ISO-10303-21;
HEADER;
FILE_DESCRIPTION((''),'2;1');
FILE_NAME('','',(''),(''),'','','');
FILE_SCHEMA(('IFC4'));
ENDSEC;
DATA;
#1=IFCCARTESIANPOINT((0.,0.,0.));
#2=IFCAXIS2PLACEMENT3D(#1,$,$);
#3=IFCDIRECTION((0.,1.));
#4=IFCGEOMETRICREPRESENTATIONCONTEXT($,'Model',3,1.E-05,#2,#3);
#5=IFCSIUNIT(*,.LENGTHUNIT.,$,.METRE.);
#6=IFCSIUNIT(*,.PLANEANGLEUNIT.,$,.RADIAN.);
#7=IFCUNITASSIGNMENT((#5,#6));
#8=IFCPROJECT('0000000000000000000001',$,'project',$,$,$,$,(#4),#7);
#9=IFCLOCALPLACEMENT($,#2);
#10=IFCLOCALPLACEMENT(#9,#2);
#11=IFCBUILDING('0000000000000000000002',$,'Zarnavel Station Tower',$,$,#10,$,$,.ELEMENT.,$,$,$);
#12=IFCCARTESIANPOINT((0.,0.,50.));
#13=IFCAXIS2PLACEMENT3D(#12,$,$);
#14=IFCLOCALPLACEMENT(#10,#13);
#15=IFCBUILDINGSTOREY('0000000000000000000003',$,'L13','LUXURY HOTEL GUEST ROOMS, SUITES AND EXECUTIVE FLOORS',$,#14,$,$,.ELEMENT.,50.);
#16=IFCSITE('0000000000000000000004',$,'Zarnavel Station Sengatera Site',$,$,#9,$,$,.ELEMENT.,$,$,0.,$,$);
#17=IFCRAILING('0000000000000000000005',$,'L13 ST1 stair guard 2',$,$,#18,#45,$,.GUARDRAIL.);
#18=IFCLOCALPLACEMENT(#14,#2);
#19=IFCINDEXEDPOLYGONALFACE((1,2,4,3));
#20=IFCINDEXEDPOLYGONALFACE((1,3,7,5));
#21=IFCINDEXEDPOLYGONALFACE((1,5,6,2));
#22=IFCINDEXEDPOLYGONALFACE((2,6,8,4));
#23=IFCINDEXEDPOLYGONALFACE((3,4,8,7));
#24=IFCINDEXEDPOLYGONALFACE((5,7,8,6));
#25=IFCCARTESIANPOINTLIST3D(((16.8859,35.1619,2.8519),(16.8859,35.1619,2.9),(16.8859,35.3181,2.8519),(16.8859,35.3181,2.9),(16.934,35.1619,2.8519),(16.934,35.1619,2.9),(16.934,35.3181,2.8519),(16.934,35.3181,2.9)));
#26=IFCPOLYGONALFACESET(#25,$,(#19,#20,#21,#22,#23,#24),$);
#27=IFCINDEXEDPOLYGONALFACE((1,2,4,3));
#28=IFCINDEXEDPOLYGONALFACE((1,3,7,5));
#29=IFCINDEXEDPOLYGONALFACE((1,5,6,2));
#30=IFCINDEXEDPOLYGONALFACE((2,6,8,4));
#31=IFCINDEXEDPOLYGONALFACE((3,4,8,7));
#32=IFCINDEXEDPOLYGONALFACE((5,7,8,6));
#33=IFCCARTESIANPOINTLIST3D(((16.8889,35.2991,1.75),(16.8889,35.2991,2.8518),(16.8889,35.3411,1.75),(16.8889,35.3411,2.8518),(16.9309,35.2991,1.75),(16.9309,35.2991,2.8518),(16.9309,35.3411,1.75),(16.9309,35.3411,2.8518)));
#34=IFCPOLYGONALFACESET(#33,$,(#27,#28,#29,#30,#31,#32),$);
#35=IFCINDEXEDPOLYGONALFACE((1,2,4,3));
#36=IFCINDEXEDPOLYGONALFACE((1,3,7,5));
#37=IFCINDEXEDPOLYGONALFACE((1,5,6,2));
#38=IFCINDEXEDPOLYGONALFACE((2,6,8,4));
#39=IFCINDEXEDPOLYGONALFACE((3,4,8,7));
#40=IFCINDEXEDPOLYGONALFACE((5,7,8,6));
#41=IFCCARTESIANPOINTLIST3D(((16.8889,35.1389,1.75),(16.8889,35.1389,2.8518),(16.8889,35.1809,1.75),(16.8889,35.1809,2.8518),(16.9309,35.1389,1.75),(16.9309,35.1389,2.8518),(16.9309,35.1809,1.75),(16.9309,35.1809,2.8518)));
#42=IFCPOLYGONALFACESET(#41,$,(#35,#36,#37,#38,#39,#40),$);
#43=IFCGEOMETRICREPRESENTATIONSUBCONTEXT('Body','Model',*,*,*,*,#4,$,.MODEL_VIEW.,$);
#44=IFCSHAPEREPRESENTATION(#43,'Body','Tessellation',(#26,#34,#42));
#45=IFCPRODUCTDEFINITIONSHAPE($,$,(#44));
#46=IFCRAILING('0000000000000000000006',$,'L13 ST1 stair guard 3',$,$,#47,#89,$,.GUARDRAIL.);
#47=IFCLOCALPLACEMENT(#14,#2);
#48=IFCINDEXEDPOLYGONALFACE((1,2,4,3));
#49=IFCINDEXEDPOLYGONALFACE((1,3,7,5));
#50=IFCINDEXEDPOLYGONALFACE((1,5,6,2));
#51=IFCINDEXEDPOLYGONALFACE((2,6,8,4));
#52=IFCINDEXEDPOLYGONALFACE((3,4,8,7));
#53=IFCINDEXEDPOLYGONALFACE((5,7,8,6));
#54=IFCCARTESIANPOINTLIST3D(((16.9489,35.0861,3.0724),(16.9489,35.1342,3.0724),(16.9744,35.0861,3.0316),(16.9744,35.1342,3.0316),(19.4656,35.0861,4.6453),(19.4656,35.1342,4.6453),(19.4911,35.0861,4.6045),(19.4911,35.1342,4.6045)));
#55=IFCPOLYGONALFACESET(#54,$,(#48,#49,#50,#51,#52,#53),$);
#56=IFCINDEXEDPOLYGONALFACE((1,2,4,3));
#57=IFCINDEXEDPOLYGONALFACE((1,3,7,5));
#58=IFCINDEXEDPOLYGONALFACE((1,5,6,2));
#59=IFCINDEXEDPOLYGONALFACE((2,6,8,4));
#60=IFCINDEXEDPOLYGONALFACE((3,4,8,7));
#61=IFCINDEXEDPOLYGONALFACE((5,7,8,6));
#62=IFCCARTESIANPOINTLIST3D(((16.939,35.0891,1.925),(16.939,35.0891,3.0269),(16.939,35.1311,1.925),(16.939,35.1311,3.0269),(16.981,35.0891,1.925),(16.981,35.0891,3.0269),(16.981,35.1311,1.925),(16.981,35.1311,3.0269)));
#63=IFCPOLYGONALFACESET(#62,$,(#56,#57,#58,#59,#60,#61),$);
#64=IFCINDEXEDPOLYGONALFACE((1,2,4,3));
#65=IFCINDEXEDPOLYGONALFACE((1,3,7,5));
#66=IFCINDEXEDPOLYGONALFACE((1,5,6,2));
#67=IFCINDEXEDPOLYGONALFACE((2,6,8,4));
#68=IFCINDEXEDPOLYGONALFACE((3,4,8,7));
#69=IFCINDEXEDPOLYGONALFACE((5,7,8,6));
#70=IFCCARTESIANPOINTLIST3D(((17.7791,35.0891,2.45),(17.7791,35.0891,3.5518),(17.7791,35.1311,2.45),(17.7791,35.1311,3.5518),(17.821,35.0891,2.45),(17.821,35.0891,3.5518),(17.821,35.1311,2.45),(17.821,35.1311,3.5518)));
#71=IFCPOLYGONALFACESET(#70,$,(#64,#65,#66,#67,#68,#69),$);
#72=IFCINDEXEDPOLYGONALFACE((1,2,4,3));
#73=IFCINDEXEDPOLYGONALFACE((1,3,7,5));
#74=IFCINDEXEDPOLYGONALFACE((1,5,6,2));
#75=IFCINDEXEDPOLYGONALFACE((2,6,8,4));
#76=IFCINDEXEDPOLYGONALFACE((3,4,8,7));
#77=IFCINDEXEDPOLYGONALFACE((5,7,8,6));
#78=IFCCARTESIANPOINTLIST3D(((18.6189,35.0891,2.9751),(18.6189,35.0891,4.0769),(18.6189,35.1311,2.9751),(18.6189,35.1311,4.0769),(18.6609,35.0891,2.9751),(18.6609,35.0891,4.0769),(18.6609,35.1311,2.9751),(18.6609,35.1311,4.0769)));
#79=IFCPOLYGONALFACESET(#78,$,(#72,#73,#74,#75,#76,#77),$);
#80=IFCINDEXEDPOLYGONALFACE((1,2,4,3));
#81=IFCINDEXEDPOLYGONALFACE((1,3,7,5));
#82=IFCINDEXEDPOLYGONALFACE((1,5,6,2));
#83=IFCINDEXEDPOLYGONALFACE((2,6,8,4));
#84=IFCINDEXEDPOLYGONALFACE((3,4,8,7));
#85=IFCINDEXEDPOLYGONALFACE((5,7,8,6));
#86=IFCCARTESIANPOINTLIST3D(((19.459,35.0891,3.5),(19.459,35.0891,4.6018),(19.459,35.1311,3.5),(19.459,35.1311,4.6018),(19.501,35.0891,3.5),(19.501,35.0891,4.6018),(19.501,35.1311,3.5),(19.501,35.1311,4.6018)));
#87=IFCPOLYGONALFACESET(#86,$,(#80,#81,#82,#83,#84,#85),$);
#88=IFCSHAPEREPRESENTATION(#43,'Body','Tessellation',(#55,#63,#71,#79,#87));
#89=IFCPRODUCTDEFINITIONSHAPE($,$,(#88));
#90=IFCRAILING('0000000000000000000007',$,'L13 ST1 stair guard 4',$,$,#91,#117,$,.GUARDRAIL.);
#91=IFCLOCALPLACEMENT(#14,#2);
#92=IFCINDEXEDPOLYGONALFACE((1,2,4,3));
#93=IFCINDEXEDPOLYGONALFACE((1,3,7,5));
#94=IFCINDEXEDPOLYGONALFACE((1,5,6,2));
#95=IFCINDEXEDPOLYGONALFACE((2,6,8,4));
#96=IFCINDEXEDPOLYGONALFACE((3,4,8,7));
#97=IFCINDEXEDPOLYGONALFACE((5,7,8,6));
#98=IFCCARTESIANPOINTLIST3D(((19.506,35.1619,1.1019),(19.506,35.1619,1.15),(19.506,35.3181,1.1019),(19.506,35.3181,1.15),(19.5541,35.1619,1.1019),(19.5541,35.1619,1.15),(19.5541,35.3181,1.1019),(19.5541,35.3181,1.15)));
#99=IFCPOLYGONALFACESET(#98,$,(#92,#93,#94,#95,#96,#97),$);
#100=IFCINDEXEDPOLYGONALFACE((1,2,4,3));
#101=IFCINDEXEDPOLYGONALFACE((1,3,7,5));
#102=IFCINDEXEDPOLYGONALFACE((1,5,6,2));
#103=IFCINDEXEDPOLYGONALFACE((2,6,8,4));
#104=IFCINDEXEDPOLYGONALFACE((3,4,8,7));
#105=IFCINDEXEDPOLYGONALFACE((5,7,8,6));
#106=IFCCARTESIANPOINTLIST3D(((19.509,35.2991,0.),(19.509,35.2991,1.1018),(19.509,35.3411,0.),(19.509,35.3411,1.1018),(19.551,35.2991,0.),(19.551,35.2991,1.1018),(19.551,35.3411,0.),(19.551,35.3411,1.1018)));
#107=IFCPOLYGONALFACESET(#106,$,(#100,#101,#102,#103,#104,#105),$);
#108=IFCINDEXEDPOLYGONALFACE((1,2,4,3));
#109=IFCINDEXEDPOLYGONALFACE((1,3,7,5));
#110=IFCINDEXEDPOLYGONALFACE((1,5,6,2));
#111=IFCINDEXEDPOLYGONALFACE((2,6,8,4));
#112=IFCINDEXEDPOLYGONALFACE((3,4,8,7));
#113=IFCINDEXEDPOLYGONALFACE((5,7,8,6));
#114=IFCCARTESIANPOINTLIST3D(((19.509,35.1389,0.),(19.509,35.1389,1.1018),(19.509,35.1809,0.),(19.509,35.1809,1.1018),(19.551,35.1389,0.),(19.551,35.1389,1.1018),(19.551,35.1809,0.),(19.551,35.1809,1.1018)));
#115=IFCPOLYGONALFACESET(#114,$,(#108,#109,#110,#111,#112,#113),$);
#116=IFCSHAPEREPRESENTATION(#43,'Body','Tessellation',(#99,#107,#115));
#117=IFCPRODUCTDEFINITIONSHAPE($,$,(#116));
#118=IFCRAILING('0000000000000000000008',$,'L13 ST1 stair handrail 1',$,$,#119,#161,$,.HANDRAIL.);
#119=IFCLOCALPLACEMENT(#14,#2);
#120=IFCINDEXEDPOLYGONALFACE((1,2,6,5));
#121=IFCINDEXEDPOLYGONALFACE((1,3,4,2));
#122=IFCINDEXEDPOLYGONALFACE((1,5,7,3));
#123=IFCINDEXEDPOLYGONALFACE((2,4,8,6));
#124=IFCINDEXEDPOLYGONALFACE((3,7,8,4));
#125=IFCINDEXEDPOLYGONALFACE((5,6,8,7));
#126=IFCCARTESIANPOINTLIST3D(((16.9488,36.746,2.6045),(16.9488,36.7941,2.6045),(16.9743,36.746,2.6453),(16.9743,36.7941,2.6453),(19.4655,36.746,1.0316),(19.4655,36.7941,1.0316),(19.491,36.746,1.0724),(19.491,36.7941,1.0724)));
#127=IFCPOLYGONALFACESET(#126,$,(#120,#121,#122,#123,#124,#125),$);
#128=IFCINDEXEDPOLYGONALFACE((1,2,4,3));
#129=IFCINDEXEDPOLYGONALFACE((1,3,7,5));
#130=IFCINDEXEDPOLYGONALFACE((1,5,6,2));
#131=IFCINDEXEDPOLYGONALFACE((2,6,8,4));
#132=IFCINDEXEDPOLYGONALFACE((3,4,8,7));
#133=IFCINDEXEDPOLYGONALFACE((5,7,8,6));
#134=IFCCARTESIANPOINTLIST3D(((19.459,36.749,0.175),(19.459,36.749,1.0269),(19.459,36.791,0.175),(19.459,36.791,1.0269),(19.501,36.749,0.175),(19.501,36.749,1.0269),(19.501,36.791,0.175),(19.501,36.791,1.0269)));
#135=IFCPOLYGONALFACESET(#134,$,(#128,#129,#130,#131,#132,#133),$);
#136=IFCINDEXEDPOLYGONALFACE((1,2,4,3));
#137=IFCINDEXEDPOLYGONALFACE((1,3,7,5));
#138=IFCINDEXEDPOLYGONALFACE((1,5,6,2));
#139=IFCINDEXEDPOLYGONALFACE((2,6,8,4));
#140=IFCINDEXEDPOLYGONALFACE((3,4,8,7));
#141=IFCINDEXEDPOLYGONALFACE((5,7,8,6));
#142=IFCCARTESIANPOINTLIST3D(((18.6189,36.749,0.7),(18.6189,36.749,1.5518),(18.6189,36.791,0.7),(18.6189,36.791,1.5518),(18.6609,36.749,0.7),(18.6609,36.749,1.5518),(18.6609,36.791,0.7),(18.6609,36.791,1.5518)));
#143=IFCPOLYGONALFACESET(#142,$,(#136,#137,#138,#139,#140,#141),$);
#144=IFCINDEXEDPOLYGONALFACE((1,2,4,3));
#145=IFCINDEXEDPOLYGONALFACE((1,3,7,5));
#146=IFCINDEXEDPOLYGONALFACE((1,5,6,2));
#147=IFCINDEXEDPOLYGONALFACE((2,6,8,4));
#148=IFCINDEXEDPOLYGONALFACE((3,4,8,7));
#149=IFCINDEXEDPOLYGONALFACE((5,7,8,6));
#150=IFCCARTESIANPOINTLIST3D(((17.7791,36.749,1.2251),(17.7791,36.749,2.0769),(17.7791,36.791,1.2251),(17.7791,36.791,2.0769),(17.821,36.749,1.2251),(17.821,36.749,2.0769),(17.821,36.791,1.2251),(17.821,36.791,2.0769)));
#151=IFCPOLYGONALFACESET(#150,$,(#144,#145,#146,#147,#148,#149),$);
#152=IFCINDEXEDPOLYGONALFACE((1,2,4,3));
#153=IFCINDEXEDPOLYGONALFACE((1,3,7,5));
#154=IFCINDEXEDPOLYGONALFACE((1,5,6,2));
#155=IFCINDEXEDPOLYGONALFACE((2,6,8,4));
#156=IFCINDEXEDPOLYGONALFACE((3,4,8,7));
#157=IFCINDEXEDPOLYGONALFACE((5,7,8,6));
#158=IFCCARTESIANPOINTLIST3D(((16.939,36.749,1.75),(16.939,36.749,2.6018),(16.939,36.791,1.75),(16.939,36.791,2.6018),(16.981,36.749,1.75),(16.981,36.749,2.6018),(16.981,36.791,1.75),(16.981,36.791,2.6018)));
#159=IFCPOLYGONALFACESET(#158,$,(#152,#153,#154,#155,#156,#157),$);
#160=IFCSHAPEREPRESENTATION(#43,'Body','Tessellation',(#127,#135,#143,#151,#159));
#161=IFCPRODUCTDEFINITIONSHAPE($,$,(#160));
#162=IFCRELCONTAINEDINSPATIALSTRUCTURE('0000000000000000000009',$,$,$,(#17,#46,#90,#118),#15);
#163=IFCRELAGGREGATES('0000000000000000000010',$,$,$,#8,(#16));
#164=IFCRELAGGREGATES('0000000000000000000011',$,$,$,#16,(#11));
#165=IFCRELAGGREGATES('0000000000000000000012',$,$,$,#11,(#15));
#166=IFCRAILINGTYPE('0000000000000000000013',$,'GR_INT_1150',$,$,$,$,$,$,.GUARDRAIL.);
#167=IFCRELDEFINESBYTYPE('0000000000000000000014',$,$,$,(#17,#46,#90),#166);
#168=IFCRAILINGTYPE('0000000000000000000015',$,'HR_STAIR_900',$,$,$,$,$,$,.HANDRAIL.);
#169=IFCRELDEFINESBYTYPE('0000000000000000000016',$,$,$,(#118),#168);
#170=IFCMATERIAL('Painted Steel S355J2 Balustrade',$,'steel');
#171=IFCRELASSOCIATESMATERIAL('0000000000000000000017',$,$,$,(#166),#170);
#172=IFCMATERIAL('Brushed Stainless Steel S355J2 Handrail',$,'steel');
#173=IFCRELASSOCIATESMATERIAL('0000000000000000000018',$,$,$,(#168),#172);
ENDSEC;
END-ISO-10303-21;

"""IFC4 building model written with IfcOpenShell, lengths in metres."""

from ifc_helpers import new_model, si_unit, direction, frame, origin, origin_2d, place, context, subcontext, project, spatial, rectangle, extrude, material, type_object, element, save


model = new_model("IFC4")

# Units and contexts
model_context = context("Model", 3, precision=1e-05, world=origin(), true_north=direction((0.0, 1.0)))
body_context = subcontext(model_context, "Body", "Model", "MODEL_VIEW")
ifc_project = project(units=[si_unit("LENGTHUNIT", "METRE"), si_unit("PLANEANGLEUNIT", "RADIAN")], contexts=[model_context])

# Site, building, storey
site_placement = place(None, origin())
site = spatial("IfcSite", under=ifc_project, at=site_placement, Name="Zarnavel Station Sengatera Site", CompositionType="ELEMENT", RefElevation=0.0)
building_placement = place(site_placement, origin())
building = spatial("IfcBuilding", under=site, at=building_placement, Name="Zarnavel Station Tower", CompositionType="ELEMENT")
storey_placement = place(building_placement, frame((0.0, 0.0, 50.0)))
storey = spatial("IfcBuildingStorey", under=building, at=storey_placement, Name="L13", Description="LUXURY HOTEL GUEST ROOMS, SUITES AND EXECUTIVE FLOORS", CompositionType="ELEMENT", Elevation=50.0)

# Railings
ifc_material_1 = material(Name="Painted Steel S355J2 Balustrade", Category="steel")
railing_type_1 = type_object("IfcRailingType", Name="GR_INT_1150", PredefinedType="GUARDRAIL", material=ifc_material_1)
railing_1_placement = place(storey_placement, frame((16.9099, 35.3201, 1.75)))
element("IfcRailing", 1, at=railing_1_placement, inside=storey, type_object=railing_type_1, Name="L13 ST1 stair guard 2", PredefinedType="GUARDRAIL", context=body_context, shape_type="SweptSolid", body=[
    extrude(rectangle(XDim=0.0481, YDim=0.0481, at=origin_2d()), frame((0.0, -0.002, 1.126), z_axis=(0.0, -1.0, 0.0), x_axis=(1.0, 0.0, 0.0)), (0.0, 0.0, 1.0), 0.1562),
    extrude(rectangle(XDim=0.042, YDim=0.042, at=origin_2d()), origin(), (0.0, 0.0, 1.0), 1.1018),
    extrude(rectangle(XDim=0.042, YDim=0.042, at=origin_2d()), frame((0.0, -0.1602, 0.0)), (0.0, 0.0, 1.0), 1.1018),
])
railing_2_placement = place(storey_placement, frame((16.96, 35.1101, 1.925)))
element("IfcRailing", 2, at=railing_2_placement, inside=storey, type_object=railing_type_1, Name="L13 ST1 stair guard 3", PredefinedType="GUARDRAIL", context=body_context, shape_type="SweptSolid", body=[
    extrude(rectangle(XDim=0.0481, YDim=0.0481, at=origin_2d()), frame((0.0017, 0.0, 1.127), z_axis=(0.848008, 0.0, 0.529984), x_axis=(0.0, 1.0, 0.0)), (0.0, 0.0, 1.0), 2.9678),
    extrude(rectangle(XDim=0.042, YDim=0.042, at=origin_2d()), origin(), (0.0, 0.0, 1.0), 1.1018),
    extrude(rectangle(XDim=0.042, YDim=0.042, at=origin_2d()), frame((0.8401, 0.0, 0.5249)), (0.0, 0.0, 1.0), 1.1018),
    extrude(rectangle(XDim=0.042, YDim=0.042, at=origin_2d()), frame((1.6799, 0.0, 1.05)), (0.0, 0.0, 1.0), 1.1018),
    extrude(rectangle(XDim=0.042, YDim=0.042, at=origin_2d()), frame((2.52, 0.0, 1.575)), (0.0, 0.0, 1.0), 1.1018),
])
railing_3_placement = place(storey_placement, frame((19.53, 35.3201, 0.0)))
element("IfcRailing", 3, at=railing_3_placement, inside=storey, type_object=railing_type_1, Name="L13 ST1 stair guard 4", PredefinedType="GUARDRAIL", context=body_context, shape_type="SweptSolid", body=[
    extrude(rectangle(XDim=0.0481, YDim=0.0481, at=origin_2d()), frame((0.0, -0.002, 1.126), z_axis=(0.0, -1.0, 0.0), x_axis=(1.0, 0.0, 0.0)), (0.0, 0.0, 1.0), 0.1562),
    extrude(rectangle(XDim=0.042, YDim=0.042, at=origin_2d()), origin(), (0.0, 0.0, 1.0), 1.1018),
    extrude(rectangle(XDim=0.042, YDim=0.042, at=origin_2d()), frame((0.0, -0.1602, 0.0)), (0.0, 0.0, 1.0), 1.1018),
])
ifc_material_2 = material(Name="Brushed Stainless Steel S355J2 Handrail", Category="steel")
railing_type_2 = type_object("IfcRailingType", Name="HR_STAIR_900", PredefinedType="HANDRAIL", material=ifc_material_2)
railing_4_placement = place(storey_placement, frame((19.48, 36.77, 0.175)))
element("IfcRailing", 4, at=railing_4_placement, inside=storey, type_object=railing_type_2, Name="L13 ST1 stair handrail 1", PredefinedType="HANDRAIL", context=body_context, shape_type="SweptSolid", body=[
    extrude(rectangle(XDim=0.0481, YDim=0.0481, at=origin_2d()), frame((-0.0017, 0.0, 0.877), z_axis=(-0.848008, 0.0, 0.529984), x_axis=(0.0, -1.0, 0.0)), (0.0, 0.0, 1.0), 2.9678),
    extrude(rectangle(XDim=0.042, YDim=0.042, at=origin_2d()), origin(), (0.0, 0.0, 1.0), 0.8518),
    extrude(rectangle(XDim=0.042, YDim=0.042, at=origin_2d()), frame((-0.8401, 0.0, 0.5249)), (0.0, 0.0, 1.0), 0.8518),
    extrude(rectangle(XDim=0.042, YDim=0.042, at=origin_2d()), frame((-1.6799, 0.0, 1.05)), (0.0, 0.0, 1.0), 0.8518),
    extrude(rectangle(XDim=0.042, YDim=0.042, at=origin_2d()), frame((-2.52, 0.0, 1.575)), (0.0, 0.0, 1.0), 0.8518),
])

save(model, "model.ifc")
